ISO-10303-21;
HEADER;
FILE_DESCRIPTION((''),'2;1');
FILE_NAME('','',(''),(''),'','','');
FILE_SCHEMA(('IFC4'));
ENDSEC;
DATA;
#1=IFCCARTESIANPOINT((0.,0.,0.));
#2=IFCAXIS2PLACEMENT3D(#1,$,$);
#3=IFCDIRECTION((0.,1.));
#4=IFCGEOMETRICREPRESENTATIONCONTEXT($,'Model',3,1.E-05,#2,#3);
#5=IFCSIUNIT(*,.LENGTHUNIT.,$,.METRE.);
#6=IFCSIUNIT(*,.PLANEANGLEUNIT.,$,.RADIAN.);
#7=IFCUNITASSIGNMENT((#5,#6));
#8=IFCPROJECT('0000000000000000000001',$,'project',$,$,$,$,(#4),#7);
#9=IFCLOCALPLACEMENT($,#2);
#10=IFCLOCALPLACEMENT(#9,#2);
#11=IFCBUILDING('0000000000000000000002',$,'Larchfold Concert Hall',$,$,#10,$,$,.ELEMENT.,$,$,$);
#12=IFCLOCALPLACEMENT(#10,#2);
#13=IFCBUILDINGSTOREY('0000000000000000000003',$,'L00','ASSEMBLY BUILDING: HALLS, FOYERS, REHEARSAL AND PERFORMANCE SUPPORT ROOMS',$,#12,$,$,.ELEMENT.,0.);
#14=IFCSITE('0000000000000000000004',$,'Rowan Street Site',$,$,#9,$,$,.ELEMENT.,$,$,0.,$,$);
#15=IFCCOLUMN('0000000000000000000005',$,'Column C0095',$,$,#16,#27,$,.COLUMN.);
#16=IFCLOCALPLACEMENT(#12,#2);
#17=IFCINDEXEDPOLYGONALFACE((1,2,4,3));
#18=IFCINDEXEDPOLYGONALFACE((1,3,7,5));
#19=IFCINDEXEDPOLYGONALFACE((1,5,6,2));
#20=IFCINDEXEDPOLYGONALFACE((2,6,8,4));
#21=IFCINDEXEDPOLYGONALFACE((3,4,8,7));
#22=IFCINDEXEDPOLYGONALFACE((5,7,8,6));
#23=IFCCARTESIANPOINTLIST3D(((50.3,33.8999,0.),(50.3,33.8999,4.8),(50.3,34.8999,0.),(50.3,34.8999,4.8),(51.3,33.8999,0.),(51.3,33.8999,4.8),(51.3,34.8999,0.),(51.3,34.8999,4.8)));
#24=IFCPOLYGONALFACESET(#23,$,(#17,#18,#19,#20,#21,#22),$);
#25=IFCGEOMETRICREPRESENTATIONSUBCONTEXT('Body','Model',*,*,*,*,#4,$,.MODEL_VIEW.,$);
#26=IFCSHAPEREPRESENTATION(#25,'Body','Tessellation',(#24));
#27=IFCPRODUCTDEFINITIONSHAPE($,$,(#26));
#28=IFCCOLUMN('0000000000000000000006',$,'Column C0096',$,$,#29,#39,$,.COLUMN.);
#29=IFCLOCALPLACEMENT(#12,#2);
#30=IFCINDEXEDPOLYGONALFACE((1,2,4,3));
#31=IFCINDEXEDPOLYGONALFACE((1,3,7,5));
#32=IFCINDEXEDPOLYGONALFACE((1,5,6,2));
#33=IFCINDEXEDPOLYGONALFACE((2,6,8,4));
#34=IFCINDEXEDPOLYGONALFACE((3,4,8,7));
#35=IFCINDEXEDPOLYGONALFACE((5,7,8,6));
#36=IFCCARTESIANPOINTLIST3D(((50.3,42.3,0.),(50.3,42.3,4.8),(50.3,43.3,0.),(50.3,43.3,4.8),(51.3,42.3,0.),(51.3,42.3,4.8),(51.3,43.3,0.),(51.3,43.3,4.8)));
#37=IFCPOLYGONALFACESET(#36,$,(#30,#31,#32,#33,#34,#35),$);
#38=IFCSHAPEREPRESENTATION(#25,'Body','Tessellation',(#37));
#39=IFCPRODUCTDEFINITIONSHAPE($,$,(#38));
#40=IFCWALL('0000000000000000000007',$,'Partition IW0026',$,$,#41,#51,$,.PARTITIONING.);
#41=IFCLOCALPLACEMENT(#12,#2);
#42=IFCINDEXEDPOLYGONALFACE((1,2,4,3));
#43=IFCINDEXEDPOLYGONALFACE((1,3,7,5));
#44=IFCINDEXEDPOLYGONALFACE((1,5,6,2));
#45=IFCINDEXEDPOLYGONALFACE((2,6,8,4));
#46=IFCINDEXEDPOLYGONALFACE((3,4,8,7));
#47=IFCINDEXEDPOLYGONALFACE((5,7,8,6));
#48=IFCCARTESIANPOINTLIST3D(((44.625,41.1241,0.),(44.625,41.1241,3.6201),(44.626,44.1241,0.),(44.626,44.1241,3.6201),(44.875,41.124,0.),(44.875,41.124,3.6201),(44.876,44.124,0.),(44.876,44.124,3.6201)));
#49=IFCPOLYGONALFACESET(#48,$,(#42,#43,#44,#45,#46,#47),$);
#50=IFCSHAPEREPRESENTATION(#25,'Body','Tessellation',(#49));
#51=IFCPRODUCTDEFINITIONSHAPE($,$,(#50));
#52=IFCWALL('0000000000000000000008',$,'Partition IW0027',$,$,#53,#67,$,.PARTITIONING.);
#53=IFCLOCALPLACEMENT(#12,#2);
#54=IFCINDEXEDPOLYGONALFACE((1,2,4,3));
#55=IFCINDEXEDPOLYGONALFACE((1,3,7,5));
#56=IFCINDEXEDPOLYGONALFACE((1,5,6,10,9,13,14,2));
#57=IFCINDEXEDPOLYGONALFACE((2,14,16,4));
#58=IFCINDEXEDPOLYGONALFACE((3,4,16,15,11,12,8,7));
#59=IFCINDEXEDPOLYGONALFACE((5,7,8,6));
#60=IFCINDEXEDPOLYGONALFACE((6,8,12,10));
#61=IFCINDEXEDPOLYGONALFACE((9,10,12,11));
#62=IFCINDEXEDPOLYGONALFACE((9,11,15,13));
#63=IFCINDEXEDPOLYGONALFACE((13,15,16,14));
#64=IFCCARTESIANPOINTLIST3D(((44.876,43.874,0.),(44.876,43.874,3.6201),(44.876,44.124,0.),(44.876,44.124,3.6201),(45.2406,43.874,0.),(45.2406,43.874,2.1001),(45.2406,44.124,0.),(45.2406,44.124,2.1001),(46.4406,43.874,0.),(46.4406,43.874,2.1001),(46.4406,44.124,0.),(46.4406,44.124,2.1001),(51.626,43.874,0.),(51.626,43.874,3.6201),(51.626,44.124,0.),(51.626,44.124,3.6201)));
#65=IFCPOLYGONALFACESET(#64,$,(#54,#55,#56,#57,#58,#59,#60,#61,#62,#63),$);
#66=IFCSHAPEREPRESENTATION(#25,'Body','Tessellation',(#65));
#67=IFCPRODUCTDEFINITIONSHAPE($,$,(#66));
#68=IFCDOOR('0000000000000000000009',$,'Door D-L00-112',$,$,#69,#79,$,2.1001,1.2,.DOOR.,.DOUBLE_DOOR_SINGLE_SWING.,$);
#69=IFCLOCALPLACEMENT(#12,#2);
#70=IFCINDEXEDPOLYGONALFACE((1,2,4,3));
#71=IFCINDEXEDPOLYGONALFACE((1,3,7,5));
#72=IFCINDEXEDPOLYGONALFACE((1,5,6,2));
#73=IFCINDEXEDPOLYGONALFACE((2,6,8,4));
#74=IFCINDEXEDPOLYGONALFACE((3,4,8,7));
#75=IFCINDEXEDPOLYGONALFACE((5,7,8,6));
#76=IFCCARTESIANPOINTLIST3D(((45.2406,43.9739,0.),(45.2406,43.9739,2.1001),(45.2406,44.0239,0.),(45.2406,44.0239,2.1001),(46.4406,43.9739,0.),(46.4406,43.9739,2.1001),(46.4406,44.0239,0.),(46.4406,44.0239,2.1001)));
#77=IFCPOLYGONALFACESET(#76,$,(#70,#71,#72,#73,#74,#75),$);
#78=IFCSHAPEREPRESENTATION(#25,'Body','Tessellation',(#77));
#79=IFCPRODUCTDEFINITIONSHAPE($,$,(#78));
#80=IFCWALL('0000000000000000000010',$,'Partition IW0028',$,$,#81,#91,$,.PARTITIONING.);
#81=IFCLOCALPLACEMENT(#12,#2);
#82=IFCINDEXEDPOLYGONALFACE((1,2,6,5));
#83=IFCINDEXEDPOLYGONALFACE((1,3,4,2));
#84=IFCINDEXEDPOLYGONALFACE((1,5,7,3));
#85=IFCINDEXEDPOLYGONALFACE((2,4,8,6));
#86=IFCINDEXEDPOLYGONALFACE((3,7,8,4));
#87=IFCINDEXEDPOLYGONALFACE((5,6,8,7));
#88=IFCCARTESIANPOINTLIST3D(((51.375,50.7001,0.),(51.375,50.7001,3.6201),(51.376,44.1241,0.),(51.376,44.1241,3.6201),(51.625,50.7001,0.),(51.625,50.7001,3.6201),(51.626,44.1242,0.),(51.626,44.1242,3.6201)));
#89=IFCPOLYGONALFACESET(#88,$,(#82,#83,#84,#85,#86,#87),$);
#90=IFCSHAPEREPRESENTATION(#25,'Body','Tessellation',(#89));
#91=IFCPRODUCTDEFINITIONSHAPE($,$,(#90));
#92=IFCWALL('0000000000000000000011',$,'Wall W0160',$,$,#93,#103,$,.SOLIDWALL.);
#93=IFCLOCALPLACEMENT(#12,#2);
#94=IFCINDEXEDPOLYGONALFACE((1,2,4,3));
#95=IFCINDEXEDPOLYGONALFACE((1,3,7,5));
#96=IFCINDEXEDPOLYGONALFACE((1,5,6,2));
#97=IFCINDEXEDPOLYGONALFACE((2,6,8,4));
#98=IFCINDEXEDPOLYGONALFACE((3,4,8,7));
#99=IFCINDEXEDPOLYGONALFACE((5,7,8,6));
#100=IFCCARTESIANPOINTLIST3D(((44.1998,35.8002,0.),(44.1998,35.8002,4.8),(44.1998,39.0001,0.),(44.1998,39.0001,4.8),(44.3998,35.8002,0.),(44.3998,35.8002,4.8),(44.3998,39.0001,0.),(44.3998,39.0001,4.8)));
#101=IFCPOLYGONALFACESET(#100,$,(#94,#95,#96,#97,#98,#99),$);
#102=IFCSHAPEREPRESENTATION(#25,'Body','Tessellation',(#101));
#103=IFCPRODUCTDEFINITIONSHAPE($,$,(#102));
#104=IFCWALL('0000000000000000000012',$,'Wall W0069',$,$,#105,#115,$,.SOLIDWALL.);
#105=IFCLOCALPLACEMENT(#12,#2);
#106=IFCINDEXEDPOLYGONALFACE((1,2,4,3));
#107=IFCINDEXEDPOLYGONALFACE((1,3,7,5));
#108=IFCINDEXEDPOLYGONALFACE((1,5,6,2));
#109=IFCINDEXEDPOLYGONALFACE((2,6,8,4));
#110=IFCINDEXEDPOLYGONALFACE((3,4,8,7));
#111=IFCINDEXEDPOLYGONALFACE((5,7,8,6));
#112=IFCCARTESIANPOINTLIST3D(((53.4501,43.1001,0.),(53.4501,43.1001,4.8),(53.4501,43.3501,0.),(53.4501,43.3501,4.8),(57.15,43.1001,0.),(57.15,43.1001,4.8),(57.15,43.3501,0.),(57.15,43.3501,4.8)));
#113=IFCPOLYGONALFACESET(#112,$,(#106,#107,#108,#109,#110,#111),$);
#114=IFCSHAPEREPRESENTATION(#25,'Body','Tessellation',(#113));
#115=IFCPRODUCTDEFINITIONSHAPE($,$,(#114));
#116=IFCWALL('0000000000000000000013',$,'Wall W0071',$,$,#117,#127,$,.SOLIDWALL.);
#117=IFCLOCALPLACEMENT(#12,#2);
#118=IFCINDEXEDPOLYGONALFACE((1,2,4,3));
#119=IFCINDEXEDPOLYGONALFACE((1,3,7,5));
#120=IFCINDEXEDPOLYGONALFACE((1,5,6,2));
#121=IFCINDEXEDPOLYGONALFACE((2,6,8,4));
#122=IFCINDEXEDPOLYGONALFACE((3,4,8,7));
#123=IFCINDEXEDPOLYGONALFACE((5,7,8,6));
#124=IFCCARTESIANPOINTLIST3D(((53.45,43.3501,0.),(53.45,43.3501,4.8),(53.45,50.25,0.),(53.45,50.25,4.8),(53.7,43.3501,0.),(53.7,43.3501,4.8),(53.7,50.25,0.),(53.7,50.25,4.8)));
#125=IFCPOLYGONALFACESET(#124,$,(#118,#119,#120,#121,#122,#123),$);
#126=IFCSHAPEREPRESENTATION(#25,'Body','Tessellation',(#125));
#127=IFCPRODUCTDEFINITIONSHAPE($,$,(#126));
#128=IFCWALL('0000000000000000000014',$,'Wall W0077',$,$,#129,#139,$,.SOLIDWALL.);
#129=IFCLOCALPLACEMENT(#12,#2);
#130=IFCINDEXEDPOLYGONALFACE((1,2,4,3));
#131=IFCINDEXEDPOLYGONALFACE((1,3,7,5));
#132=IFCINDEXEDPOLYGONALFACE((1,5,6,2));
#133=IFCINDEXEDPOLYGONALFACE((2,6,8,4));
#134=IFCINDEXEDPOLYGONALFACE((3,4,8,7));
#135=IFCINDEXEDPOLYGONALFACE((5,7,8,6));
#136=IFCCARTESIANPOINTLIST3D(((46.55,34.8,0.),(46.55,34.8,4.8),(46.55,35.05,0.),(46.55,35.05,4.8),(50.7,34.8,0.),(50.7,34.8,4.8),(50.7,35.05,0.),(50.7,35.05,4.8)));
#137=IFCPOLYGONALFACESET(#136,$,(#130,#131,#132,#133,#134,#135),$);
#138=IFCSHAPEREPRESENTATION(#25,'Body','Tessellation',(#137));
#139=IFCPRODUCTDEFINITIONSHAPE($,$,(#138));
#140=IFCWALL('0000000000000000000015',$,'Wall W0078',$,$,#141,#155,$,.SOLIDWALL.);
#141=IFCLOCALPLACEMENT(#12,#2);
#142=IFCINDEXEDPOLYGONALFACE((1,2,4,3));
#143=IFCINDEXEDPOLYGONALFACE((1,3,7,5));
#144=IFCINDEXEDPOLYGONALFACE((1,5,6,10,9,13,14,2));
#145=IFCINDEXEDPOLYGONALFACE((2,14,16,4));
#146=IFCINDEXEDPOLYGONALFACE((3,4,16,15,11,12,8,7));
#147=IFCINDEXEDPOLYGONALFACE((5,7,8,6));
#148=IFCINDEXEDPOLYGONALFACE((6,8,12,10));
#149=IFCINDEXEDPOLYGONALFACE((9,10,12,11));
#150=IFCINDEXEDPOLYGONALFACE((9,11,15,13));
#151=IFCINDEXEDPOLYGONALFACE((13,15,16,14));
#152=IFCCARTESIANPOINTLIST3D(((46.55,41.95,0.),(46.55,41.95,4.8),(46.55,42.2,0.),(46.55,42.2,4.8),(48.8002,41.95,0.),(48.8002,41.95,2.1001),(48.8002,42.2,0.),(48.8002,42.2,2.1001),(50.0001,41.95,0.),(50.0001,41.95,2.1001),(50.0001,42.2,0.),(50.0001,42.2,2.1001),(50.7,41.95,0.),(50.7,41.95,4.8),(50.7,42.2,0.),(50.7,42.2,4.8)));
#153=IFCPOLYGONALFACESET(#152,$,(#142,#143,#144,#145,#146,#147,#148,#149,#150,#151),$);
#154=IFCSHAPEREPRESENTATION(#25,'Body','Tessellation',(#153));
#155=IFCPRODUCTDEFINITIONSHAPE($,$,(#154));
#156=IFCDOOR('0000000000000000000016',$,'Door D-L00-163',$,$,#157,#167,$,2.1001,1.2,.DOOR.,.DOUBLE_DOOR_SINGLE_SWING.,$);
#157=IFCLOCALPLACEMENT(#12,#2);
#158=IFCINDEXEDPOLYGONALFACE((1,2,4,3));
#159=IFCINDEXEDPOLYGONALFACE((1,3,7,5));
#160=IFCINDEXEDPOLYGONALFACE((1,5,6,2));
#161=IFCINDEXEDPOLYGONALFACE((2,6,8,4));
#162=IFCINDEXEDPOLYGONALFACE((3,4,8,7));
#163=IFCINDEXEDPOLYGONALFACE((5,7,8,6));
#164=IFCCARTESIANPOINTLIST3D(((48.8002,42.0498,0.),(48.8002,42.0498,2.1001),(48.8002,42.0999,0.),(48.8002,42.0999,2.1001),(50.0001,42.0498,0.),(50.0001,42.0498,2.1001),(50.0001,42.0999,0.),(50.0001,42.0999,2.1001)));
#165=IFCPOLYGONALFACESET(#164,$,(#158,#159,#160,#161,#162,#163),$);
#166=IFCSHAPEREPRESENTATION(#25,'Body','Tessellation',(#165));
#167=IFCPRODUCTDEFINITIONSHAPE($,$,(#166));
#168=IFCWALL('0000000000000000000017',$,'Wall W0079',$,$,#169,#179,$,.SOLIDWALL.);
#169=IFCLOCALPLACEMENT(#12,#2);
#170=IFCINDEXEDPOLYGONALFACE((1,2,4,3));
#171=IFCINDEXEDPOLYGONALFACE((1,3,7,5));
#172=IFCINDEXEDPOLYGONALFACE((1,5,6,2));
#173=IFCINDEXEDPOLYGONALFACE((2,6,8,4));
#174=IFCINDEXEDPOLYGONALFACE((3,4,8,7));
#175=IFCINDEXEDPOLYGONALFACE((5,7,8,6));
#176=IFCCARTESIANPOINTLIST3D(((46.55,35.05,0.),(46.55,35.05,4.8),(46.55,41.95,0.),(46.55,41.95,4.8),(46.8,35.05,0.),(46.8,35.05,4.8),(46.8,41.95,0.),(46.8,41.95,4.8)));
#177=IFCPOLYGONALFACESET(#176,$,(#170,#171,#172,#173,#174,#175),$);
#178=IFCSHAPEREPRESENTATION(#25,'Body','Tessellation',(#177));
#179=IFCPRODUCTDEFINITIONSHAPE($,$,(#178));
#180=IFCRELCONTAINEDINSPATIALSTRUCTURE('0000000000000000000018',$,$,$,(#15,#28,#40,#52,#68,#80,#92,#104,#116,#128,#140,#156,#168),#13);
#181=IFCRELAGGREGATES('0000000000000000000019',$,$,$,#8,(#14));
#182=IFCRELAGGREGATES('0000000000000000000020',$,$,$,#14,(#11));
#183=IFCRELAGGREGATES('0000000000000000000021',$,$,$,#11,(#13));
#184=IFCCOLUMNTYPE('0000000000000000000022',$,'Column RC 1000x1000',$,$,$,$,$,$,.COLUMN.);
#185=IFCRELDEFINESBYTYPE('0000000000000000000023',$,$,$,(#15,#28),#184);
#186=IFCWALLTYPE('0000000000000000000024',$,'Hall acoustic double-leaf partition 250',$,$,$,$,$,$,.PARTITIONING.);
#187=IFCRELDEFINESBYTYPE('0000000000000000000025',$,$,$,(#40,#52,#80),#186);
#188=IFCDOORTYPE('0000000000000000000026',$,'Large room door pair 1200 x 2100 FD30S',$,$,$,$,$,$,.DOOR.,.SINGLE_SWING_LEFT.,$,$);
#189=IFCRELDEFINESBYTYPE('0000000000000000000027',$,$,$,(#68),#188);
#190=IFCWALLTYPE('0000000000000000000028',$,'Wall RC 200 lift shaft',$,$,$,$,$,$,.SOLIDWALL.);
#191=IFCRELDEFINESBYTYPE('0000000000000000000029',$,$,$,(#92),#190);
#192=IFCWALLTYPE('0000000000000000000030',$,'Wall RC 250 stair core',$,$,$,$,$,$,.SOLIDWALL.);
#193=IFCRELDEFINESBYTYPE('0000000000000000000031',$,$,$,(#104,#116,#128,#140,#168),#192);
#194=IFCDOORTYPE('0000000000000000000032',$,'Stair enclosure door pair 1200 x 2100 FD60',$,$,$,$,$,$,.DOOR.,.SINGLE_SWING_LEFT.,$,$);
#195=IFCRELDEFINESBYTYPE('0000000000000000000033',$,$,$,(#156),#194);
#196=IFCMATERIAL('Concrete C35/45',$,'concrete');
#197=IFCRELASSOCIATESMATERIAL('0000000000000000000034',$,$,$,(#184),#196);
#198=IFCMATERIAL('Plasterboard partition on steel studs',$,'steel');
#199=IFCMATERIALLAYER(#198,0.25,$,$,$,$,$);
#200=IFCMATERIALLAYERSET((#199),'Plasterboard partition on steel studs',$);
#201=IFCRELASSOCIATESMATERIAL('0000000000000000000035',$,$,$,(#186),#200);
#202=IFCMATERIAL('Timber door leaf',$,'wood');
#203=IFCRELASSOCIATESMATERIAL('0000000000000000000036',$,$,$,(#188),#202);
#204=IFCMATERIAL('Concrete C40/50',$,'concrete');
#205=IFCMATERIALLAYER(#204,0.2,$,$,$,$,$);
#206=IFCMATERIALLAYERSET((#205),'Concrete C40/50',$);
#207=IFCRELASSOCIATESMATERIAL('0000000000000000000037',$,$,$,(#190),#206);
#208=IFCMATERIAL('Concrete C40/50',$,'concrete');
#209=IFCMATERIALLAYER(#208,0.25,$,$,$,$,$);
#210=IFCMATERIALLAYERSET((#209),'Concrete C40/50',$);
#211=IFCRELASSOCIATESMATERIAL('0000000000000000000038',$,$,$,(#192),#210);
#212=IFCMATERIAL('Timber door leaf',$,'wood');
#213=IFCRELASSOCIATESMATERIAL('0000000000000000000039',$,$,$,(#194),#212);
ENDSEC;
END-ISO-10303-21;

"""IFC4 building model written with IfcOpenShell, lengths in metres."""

from ifc_helpers import new_model, si_unit, direction, frame, frame_2d, origin, origin_2d, place, context, subcontext, project, spatial, rectangle, extrude, material, layer, layer_set, material_profile, profile_set, type_object, element, fill, save


model = new_model("IFC4")

# Units and contexts
model_context = context("Model", 3, precision=1e-05, world=origin(), true_north=direction((0.0, 1.0)))
body_context = subcontext(model_context, "Body", "Model", "MODEL_VIEW")
ifc_project = project(units=[si_unit("LENGTHUNIT", "METRE"), si_unit("PLANEANGLEUNIT", "RADIAN")], contexts=[model_context])

# Site, building, storey
site_placement = place(None, origin())
site = spatial("IfcSite", under=ifc_project, at=site_placement, Name="Rowan Street Site", CompositionType="ELEMENT", RefElevation=0.0)
building_placement = place(site_placement, origin())
building = spatial("IfcBuilding", under=site, at=building_placement, Name="Larchfold Concert Hall", CompositionType="ELEMENT")
storey_placement = place(building_placement, origin())
storey = spatial("IfcBuildingStorey", under=building, at=storey_placement, Name="L00", Description="ASSEMBLY BUILDING: HALLS, FOYERS, REHEARSAL AND PERFORMANCE SUPPORT ROOMS", CompositionType="ELEMENT", Elevation=0.0)

# Columns
ifc_material_1 = material(Name="Concrete C35/45", Category="concrete")
ifc_material_profile = material_profile(ifc_material_1, rectangle(XDim=1.0, YDim=1.0, at=origin_2d()))
ifc_profile_set = profile_set([ifc_material_profile], Name="Concrete C35/45")
column_type = type_object("IfcColumnType", Name="Column RC 1000x1000", PredefinedType="COLUMN", material=ifc_profile_set)
for number, where, z_axis, x_axis, name in (
    (1, (50.8, 34.3999, 0.0), (0.0, 0.0, 1.0), (1.0, 0.0, 0.0), "Column C0095"),
    (2, (50.8, 42.8, 0.0), (0.0, 0.0, 1.0), (1.0, 0.0, 0.0), "Column C0096"),
):
    element("IfcColumn", number, at=place(storey_placement, frame(where, z_axis=z_axis, x_axis=x_axis)), inside=storey, type_object=column_type, Name=name, PredefinedType="COLUMN", context=body_context, shape_type="SweptSolid", body=[
        extrude(rectangle(XDim=1.0, YDim=1.0, at=origin_2d()), origin(), (0.0, 0.0, 1.0), 4.8),
    ])

# Wall
ifc_material_2 = material(Name="Plasterboard partition on steel studs", Category="steel")
ifc_layer_1 = layer(ifc_material_2, 0.25)
ifc_layer_set_1 = layer_set([ifc_layer_1], Name="Plasterboard partition on steel studs")
wall_type_1 = type_object("IfcWallType", Name="Hall acoustic double-leaf partition 250", PredefinedType="PARTITIONING", material=ifc_layer_set_1)
wall_1_placement = place(storey_placement, frame((44.75, 41.124, 0.0), z_axis=(0.0, 0.0, 1.0), x_axis=(0.000326, 1.0, 0.0)))
element("IfcWall", 3, at=wall_1_placement, inside=storey, type_object=wall_type_1, Name="Partition IW0026", PredefinedType="PARTITIONING", context=body_context, shape_type="SweptSolid", body=[
    extrude(rectangle(XDim=3.0, YDim=0.25, at=frame_2d((1.5, 0.0))), origin(), (0.0, 0.0, 1.0), 3.6201),
])

# Wall, opening, door
wall_2_placement = place(storey_placement, frame((44.876, 43.999, 0.0), z_axis=(0.0, 0.0, 1.0), x_axis=(1.0, 0.0, 0.0)))
wall_2 = element("IfcWall", 4, at=wall_2_placement, inside=storey, type_object=wall_type_1, Name="Partition IW0027", PredefinedType="PARTITIONING", context=body_context, shape_type="SweptSolid", body=[
    extrude(rectangle(XDim=6.75, YDim=0.25, at=frame_2d((3.375, 0.0))), origin(), (0.0, 0.0, 1.0), 3.6201),
])
opening_1_placement = place(wall_2_placement, frame((0.3645, 0.0, 0.0)))
opening_1 = element("IfcOpeningElement", 5, at=opening_1_placement, cuts=wall_2, PredefinedType="OPENING", context=body_context, shape_type="SweptSolid", body=[
    extrude(rectangle(XDim=1.2, YDim=2.1001, at=frame_2d((0.6001, 1.05))), frame((0.0, 0.135, 0.0), z_axis=(0.0, -1.0, 0.0), x_axis=(1.0, 0.0, 0.0)), (0.0, 0.0, 1.0), 0.27),
])
ifc_material_3 = material(Name="Timber door leaf", Category="wood")
door_type_1 = type_object("IfcDoorType", Name="Large room door pair 1200 x 2100 FD30S", OperationType="SINGLE_SWING_LEFT", PredefinedType="DOOR", material=ifc_material_3)
door_1_placement = place(opening_1_placement, origin())
door_1 = element("IfcDoor", 6, at=door_1_placement, inside=storey, type_object=door_type_1, Name="Door D-L00-112", OperationType="DOUBLE_DOOR_SINGLE_SWING", OverallHeight=2.1001, OverallWidth=1.2, PredefinedType="DOOR", context=body_context, shape_type="SweptSolid", body=[
    extrude(rectangle(XDim=1.2, YDim=2.1001, at=frame_2d((0.6001, 1.05))), frame((0.0, 0.0249, 0.0), z_axis=(0.0, -1.0, 0.0), x_axis=(1.0, 0.0, 0.0)), (0.0, 0.0, 1.0), 0.05),
])
fill(opening_1, door_1)

# Walls
wall_3_placement = place(storey_placement, frame((51.501, 44.124, 0.0), z_axis=(0.0, 0.0, 1.0), x_axis=(-0.000149, 1.0, 0.0)))
element("IfcWall", 7, at=wall_3_placement, inside=storey, type_object=wall_type_1, Name="Partition IW0028", PredefinedType="PARTITIONING", context=body_context, shape_type="SweptSolid", body=[
    extrude(rectangle(XDim=6.5759, YDim=0.25, at=frame_2d((3.2881, 0.0))), origin(), (0.0, 0.0, 1.0), 3.6201),
])
ifc_material_4 = material(Name="Concrete C40/50", Category="concrete")
ifc_layer_2 = layer(ifc_material_4, 0.2)
ifc_layer_set_2 = layer_set([ifc_layer_2], Name="Concrete C40/50")
wall_type_2 = type_object("IfcWallType", Name="Wall RC 200 lift shaft", PredefinedType="SOLIDWALL", material=ifc_layer_set_2)
wall_4_placement = place(storey_placement, frame((44.2998, 35.8, 0.0), z_axis=(0.0, 0.0, 1.0), x_axis=(0.0, 1.0, 0.0)))
element("IfcWall", 8, at=wall_4_placement, inside=storey, type_object=wall_type_2, Name="Wall W0160", PredefinedType="SOLIDWALL", context=body_context, shape_type="SweptSolid", body=[
    extrude(rectangle(XDim=3.2, YDim=0.2, at=frame_2d((1.6001, 0.0))), origin(), (0.0, 0.0, 1.0), 4.8),
])
ifc_material_5 = material(Name="Concrete C40/50", Category="concrete")
ifc_layer_3 = layer(ifc_material_5, 0.25)
ifc_layer_set_3 = layer_set([ifc_layer_3], Name="Concrete C40/50")
wall_type_3 = type_object("IfcWallType", Name="Wall RC 250 stair core", PredefinedType="SOLIDWALL", material=ifc_layer_set_3)
wall_5_placement = place(storey_placement, frame((53.45, 43.2251, 0.0), z_axis=(0.0, 0.0, 1.0), x_axis=(1.0, 0.0, 0.0)))
element("IfcWall", 9, at=wall_5_placement, inside=storey, type_object=wall_type_3, Name="Wall W0069", PredefinedType="SOLIDWALL", context=body_context, shape_type="SweptSolid", body=[
    extrude(rectangle(XDim=3.7, YDim=0.25, at=frame_2d((1.8501, 0.0))), origin(), (0.0, 0.0, 1.0), 4.8),
])
wall_6_placement = place(storey_placement, frame((53.575, 43.3501, 0.0), z_axis=(0.0, 0.0, 1.0), x_axis=(0.0, 1.0, 0.0)))
element("IfcWall", 10, at=wall_6_placement, inside=storey, type_object=wall_type_3, Name="Wall W0071", PredefinedType="SOLIDWALL", context=body_context, shape_type="SweptSolid", body=[
    extrude(rectangle(XDim=6.8999, YDim=0.25, at=frame_2d((3.45, 0.0))), origin(), (0.0, 0.0, 1.0), 4.8),
])
wall_7_placement = place(storey_placement, frame((46.55, 34.925, 0.0), z_axis=(0.0, 0.0, 1.0), x_axis=(1.0, 0.0, 0.0)))
element("IfcWall", 11, at=wall_7_placement, inside=storey, type_object=wall_type_3, Name="Wall W0077", PredefinedType="SOLIDWALL", context=body_context, shape_type="SweptSolid", body=[
    extrude(rectangle(XDim=4.1499, YDim=0.25, at=frame_2d((2.075, 0.0))), origin(), (0.0, 0.0, 1.0), 4.8),
])

# Wall, opening, door
wall_8_placement = place(storey_placement, frame((46.55, 42.075, 0.0), z_axis=(0.0, 0.0, 1.0), x_axis=(1.0, 0.0, 0.0)))
wall_8 = element("IfcWall", 12, at=wall_8_placement, inside=storey, type_object=wall_type_3, Name="Wall W0078", PredefinedType="SOLIDWALL", context=body_context, shape_type="SweptSolid", body=[
    extrude(rectangle(XDim=4.1499, YDim=0.25, at=frame_2d((2.075, 0.0))), origin(), (0.0, 0.0, 1.0), 4.8),
])
opening_2_placement = place(wall_8_placement, frame((2.25, 0.0, 0.0)))
opening_2 = element("IfcOpeningElement", 13, at=opening_2_placement, cuts=wall_8, PredefinedType="OPENING", context=body_context, shape_type="SweptSolid", body=[
    extrude(rectangle(XDim=1.2, YDim=2.1001, at=frame_2d((0.6001, 1.05))), frame((0.0, 0.135, 0.0), z_axis=(0.0, -1.0, 0.0), x_axis=(1.0, 0.0, 0.0)), (0.0, 0.0, 1.0), 0.27),
])
ifc_material_6 = material(Name="Timber door leaf", Category="wood")
door_type_2 = type_object("IfcDoorType", Name="Stair enclosure door pair 1200 x 2100 FD60", OperationType="SINGLE_SWING_LEFT", PredefinedType="DOOR", material=ifc_material_6)
door_2_placement = place(opening_2_placement, origin())
door_2 = element("IfcDoor", 14, at=door_2_placement, inside=storey, type_object=door_type_2, Name="Door D-L00-163", OperationType="DOUBLE_DOOR_SINGLE_SWING", OverallHeight=2.1001, OverallWidth=1.2, PredefinedType="DOOR", context=body_context, shape_type="SweptSolid", body=[
    extrude(rectangle(XDim=1.2, YDim=2.1001, at=frame_2d((0.6001, 1.05))), frame((0.0, 0.0249, 0.0), z_axis=(0.0, -1.0, 0.0), x_axis=(1.0, 0.0, 0.0)), (0.0, 0.0, 1.0), 0.05),
])
fill(opening_2, door_2)

# Wall
for number, where, z_axis, x_axis, name in (
    (15, (46.675, 35.05, 0.0), (0.0, 0.0, 1.0), (0.0, 1.0, 0.0), "Wall W0079"),
):
    element("IfcWall", number, at=place(storey_placement, frame(where, z_axis=z_axis, x_axis=x_axis)), inside=storey, type_object=wall_type_3, Name=name, PredefinedType="SOLIDWALL", context=body_context, shape_type="SweptSolid", body=[
        extrude(rectangle(XDim=6.8999, YDim=0.25, at=frame_2d((3.45, 0.0))), origin(), (0.0, 0.0, 1.0), 4.8),
    ])

save(model, "model.ifc")
